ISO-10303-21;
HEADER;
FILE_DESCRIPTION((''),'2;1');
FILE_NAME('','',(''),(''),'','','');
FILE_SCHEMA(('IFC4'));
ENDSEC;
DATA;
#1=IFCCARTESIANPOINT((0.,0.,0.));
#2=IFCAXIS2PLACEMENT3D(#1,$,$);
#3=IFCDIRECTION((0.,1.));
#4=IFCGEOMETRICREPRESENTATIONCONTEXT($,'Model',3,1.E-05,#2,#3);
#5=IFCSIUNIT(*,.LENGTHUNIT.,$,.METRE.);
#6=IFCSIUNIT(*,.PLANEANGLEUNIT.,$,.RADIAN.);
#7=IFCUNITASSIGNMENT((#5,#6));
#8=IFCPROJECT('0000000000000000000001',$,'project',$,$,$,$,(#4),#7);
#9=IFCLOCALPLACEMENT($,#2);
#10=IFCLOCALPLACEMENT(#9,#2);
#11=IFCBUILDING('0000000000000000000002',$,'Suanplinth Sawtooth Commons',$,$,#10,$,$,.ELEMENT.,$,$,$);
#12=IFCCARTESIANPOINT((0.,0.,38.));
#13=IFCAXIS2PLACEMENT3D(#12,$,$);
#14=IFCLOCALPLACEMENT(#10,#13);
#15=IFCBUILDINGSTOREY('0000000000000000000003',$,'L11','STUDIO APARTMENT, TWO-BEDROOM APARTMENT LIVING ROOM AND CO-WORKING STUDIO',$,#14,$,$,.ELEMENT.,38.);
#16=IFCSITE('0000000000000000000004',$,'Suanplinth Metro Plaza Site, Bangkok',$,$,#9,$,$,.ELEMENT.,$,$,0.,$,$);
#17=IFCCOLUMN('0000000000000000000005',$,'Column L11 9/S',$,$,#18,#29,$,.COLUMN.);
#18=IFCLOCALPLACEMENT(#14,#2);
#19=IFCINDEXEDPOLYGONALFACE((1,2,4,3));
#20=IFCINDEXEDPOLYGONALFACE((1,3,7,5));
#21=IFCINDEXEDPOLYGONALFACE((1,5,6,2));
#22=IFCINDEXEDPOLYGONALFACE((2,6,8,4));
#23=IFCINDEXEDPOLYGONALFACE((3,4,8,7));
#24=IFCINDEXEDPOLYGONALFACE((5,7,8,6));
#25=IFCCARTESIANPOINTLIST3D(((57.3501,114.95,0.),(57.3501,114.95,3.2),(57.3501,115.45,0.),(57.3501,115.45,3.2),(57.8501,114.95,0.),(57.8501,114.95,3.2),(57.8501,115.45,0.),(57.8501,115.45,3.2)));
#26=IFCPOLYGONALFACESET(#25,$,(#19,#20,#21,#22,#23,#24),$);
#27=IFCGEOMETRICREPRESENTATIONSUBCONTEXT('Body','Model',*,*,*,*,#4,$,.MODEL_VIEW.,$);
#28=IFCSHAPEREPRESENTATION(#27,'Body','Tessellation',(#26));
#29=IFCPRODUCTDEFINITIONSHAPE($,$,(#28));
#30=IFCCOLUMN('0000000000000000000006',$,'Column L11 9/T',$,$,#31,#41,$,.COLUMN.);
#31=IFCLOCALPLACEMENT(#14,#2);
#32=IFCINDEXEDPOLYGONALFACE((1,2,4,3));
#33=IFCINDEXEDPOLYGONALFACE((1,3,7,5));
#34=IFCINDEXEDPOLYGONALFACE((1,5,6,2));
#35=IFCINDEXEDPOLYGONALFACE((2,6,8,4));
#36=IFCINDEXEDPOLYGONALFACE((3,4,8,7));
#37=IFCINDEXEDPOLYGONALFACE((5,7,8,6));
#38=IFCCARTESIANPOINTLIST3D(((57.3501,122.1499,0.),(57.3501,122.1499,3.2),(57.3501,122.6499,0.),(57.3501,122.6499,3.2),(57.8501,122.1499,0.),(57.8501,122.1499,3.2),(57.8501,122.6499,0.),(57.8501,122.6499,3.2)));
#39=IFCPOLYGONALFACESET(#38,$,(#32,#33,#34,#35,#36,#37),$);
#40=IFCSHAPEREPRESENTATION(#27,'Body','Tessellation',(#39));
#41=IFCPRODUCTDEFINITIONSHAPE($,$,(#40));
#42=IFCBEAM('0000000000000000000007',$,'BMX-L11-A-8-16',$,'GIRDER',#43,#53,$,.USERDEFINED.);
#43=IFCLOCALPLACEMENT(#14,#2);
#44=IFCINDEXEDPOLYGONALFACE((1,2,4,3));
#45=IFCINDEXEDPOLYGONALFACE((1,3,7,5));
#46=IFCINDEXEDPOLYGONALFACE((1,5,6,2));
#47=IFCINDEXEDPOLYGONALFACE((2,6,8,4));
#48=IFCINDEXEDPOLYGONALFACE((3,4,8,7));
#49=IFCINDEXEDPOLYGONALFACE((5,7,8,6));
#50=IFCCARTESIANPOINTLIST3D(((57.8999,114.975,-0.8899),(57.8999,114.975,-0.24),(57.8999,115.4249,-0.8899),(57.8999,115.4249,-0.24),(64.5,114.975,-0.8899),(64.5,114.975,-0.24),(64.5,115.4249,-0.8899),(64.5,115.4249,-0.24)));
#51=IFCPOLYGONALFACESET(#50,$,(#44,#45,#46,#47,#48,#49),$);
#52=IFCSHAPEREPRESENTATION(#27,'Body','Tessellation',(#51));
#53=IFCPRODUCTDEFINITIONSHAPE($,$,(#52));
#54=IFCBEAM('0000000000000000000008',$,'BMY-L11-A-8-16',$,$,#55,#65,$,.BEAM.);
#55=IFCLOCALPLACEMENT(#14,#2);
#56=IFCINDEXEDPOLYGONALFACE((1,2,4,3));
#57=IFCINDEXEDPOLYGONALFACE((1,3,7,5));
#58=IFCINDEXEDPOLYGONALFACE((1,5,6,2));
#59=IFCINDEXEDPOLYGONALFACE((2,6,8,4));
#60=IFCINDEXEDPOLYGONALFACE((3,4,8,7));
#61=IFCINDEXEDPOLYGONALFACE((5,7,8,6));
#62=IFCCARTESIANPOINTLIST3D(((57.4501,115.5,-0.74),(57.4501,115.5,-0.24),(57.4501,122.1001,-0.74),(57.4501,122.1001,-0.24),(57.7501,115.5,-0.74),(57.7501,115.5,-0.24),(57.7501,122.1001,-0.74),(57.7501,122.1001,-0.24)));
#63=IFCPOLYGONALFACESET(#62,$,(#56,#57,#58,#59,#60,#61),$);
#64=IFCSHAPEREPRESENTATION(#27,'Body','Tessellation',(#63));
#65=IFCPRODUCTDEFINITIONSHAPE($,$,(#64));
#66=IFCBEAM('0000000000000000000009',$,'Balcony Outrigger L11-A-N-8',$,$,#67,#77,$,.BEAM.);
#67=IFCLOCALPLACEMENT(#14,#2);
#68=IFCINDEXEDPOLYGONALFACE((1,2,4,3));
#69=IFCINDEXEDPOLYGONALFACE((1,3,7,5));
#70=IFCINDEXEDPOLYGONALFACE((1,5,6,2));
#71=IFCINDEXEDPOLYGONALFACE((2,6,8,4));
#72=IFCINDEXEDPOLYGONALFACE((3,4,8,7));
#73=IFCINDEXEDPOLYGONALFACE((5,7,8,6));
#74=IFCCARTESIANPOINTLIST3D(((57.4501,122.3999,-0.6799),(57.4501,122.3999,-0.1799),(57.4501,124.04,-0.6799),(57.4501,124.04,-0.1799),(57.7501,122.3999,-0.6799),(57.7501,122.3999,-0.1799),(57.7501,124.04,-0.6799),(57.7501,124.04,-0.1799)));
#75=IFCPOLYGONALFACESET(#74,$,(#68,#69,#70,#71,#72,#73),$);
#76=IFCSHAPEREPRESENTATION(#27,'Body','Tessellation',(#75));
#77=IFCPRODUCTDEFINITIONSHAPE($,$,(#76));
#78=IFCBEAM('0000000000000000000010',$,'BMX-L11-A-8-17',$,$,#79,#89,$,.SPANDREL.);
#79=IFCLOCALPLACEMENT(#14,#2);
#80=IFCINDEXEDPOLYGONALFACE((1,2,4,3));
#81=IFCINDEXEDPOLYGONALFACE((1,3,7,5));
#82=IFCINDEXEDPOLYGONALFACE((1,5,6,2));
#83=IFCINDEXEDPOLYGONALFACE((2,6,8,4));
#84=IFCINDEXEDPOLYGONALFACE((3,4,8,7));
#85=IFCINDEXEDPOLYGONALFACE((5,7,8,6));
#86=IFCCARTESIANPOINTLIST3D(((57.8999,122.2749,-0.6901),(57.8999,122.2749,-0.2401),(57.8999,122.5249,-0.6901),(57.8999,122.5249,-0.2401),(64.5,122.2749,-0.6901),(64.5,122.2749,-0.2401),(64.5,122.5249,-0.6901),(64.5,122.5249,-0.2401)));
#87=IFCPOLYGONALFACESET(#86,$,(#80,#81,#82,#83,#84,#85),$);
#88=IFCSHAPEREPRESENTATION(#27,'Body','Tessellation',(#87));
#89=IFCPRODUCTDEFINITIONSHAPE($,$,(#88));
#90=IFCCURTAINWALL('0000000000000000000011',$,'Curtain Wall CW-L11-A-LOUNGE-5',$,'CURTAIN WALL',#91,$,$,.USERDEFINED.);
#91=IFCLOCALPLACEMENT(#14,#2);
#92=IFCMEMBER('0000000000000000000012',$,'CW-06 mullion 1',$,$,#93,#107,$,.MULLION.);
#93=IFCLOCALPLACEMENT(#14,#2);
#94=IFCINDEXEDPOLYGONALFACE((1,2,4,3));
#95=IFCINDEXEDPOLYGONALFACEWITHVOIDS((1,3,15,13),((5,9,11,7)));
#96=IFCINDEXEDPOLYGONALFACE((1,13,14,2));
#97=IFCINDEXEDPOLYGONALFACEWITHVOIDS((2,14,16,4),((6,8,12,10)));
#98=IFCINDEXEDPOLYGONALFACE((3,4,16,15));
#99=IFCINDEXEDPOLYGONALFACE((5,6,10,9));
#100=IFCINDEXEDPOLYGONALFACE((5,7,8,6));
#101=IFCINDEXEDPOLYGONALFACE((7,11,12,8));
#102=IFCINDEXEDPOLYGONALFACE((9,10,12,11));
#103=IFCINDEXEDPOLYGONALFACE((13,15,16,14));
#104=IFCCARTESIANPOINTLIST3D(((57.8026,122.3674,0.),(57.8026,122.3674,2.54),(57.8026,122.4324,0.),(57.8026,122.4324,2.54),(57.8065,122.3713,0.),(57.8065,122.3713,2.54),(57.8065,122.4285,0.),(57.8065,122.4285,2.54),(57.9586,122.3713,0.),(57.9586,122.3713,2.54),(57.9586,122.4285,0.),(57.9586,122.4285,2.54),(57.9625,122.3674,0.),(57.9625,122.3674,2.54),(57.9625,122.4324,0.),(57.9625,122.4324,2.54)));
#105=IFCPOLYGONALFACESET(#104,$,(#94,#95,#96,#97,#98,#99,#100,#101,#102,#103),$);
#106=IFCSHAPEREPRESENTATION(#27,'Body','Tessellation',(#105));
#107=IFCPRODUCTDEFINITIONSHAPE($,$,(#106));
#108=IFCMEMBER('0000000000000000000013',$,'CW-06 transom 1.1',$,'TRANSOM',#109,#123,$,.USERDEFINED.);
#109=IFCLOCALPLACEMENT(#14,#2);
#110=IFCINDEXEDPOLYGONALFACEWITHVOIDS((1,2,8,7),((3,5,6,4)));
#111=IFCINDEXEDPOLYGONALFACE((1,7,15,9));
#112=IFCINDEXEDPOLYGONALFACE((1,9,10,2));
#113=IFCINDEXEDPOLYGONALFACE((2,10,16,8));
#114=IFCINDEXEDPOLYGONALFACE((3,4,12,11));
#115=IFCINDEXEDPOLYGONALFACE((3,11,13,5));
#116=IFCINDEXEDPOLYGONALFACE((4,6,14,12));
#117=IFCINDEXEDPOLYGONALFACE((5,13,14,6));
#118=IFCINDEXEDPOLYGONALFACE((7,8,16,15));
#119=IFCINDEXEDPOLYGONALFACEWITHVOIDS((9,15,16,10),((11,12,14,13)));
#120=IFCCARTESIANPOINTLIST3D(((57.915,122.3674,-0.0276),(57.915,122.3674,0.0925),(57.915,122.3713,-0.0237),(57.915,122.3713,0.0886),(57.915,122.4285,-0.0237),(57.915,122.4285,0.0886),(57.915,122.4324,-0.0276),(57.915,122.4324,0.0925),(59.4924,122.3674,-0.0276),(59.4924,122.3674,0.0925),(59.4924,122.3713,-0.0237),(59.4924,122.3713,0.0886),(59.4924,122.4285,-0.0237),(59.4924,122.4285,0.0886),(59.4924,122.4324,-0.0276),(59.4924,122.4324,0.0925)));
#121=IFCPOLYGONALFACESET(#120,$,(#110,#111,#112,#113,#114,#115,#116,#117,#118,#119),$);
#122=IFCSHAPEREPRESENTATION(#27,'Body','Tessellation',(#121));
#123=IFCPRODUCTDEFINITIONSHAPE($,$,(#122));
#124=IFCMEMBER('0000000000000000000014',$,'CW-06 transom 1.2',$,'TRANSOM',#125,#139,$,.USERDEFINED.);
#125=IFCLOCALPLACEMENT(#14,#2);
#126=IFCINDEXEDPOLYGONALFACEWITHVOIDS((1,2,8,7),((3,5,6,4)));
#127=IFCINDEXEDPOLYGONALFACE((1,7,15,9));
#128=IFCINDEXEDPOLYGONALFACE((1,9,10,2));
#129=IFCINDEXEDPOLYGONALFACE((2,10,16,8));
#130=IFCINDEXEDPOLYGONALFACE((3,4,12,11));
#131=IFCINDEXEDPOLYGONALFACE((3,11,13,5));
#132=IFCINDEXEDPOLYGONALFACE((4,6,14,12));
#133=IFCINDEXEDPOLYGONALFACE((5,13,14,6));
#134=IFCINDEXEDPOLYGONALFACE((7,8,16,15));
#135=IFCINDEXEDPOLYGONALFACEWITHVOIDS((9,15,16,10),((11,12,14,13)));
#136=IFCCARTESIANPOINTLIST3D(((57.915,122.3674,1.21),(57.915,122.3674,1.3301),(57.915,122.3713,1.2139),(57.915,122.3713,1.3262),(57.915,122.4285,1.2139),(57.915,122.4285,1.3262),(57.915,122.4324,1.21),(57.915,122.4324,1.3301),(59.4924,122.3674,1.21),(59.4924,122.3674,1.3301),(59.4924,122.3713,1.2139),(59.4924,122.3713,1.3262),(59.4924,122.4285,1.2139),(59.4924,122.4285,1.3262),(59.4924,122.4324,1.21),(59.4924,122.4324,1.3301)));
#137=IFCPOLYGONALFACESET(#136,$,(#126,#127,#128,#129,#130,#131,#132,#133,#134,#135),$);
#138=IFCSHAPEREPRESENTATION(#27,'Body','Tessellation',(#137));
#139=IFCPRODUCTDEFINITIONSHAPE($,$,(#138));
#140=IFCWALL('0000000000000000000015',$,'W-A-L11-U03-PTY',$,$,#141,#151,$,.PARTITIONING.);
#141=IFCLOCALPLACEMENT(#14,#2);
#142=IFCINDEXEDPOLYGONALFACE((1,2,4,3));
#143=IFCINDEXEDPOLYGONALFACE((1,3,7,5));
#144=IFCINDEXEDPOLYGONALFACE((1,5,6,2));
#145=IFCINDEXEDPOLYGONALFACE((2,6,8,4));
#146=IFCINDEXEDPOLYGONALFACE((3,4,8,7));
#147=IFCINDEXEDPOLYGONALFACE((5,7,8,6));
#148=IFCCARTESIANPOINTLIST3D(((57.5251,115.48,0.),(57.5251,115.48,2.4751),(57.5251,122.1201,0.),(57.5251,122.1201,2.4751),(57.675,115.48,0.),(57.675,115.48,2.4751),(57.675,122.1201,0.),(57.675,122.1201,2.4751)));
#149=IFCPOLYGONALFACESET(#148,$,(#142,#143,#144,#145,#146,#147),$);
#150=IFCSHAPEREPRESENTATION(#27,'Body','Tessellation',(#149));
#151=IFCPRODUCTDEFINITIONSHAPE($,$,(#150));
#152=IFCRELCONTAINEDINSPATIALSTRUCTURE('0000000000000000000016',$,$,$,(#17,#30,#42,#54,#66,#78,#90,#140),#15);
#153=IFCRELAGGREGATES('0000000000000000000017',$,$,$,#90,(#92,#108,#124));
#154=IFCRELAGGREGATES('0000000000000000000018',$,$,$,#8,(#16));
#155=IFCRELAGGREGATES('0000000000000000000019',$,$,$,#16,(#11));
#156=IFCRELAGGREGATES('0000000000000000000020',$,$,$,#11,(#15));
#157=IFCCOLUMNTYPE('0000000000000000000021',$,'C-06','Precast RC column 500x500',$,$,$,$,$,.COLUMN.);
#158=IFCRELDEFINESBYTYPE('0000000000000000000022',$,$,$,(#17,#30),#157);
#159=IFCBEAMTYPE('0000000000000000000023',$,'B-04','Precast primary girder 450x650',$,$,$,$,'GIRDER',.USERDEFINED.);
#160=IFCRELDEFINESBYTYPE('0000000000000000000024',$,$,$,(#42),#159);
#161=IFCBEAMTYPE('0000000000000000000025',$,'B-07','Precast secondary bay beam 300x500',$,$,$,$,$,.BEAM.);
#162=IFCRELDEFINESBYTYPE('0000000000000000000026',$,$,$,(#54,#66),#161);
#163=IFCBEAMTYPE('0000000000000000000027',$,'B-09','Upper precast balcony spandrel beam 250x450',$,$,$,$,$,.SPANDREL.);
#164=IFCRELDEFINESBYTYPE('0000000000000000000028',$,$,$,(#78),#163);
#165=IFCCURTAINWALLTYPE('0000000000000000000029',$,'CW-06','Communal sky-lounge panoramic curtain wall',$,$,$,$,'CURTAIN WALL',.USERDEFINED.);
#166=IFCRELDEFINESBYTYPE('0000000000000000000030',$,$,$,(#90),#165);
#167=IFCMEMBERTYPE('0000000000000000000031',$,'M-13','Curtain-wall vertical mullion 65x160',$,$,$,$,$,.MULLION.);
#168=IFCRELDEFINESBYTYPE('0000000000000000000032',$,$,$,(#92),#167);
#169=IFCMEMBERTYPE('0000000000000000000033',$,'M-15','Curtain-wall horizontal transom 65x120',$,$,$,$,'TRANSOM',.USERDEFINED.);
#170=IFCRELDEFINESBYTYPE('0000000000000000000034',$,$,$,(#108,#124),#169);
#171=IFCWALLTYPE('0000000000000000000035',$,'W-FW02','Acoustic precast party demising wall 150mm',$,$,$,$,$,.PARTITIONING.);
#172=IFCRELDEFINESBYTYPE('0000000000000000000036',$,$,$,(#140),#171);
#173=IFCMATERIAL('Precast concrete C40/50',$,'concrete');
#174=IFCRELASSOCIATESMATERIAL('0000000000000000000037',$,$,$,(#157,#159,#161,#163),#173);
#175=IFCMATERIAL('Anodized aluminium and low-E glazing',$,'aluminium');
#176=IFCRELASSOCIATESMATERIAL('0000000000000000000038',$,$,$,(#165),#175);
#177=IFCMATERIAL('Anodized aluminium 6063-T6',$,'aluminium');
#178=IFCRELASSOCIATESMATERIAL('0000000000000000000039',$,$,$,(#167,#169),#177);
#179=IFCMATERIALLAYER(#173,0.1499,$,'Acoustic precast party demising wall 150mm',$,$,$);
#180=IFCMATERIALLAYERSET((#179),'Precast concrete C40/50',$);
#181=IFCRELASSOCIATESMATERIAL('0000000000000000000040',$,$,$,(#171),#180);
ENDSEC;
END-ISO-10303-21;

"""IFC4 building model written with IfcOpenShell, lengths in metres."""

from ifc_helpers import new_model, si_unit, direction, frame, frame_2d, origin, origin_2d, place, context, subcontext, project, spatial, rectangle, hollow_rectangle, extrude, material, layer, layer_set, material_profile, profile_set, type_object, element, aggregate, save


model = new_model("IFC4")

# Units and contexts
model_context = context("Model", 3, precision=1e-05, world=origin(), true_north=direction((0.0, 1.0)))
body_context = subcontext(model_context, "Body", "Model", "MODEL_VIEW")
ifc_project = project(units=[si_unit("LENGTHUNIT", "METRE"), si_unit("PLANEANGLEUNIT", "RADIAN")], contexts=[model_context])

# Site, building, storey
site_placement = place(None, origin())
site = spatial("IfcSite", under=ifc_project, at=site_placement, Name="Suanplinth Metro Plaza Site, Bangkok", CompositionType="ELEMENT", RefElevation=0.0)
building_placement = place(site_placement, origin())
building = spatial("IfcBuilding", under=site, at=building_placement, Name="Suanplinth Sawtooth Commons", CompositionType="ELEMENT")
storey_placement = place(building_placement, frame((0.0, 0.0, 38.0)))
storey = spatial("IfcBuildingStorey", under=building, at=storey_placement, Name="L11", Description="STUDIO APARTMENT, TWO-BEDROOM APARTMENT LIVING ROOM AND CO-WORKING STUDIO", CompositionType="ELEMENT", Elevation=38.0)

# Columns
ifc_material_1 = material(Name="Precast concrete C40/50", Category="concrete")
ifc_material_profile_1 = material_profile(ifc_material_1, rectangle(XDim=0.5, YDim=0.5, at=origin_2d()), Name="PC-COL 500x500")
ifc_profile_set_1 = profile_set([ifc_material_profile_1], Name="Precast concrete C40/50")
column_type = type_object("IfcColumnType", Name="C-06", Description="Precast RC column 500x500", PredefinedType="COLUMN", material=ifc_profile_set_1)
for number, where, z_axis, x_axis, name in (
    (1, (57.6001, 115.2, 0.0), (0.0, 0.0, 1.0), (1.0, 0.0, 0.0), "Column L11 9/S"),
    (2, (57.6001, 122.3999, 0.0), (0.0, 0.0, 1.0), (1.0, 0.0, 0.0), "Column L11 9/T"),
):
    element("IfcColumn", number, at=place(storey_placement, frame(where, z_axis=z_axis, x_axis=x_axis)), inside=storey, type_object=column_type, Name=name, PredefinedType="COLUMN", context=body_context, shape_type="SweptSolid", body=[
        extrude(rectangle(XDim=0.5, YDim=0.5, at=origin_2d()), origin(), (0.0, 0.0, 1.0), 3.2),
    ])

# Beams
ifc_material_profile_2 = material_profile(ifc_material_1, rectangle(XDim=0.45, YDim=0.6499, at=origin_2d()), Name="PC-GDR 450x650")
ifc_profile_set_2 = profile_set([ifc_material_profile_2], Name="Precast concrete C40/50")
beam_type_1 = type_object("IfcBeamType", Name="B-04", Description="Precast primary girder 450x650", ElementType="GIRDER", PredefinedType="USERDEFINED", material=ifc_profile_set_2)
beam_1_placement = place(storey_placement, frame((57.8999, 115.2, -0.5649), z_axis=(1.0, 0.0, 0.0), x_axis=(0.0, 1.0, 0.0)))
element("IfcBeam", 3, at=beam_1_placement, inside=storey, type_object=beam_type_1, Name="BMX-L11-A-8-16", ObjectType="GIRDER", PredefinedType="USERDEFINED", context=body_context, shape_type="SweptSolid", body=[
    extrude(rectangle(XDim=0.45, YDim=0.6499, at=origin_2d()), origin(), (0.0, 0.0, 1.0), 6.6001),
])
ifc_material_profile_3 = material_profile(ifc_material_1, rectangle(XDim=0.3, YDim=0.5, at=origin_2d()), Name="PC-BM 300x500")
ifc_profile_set_3 = profile_set([ifc_material_profile_3], Name="Precast concrete C40/50")
beam_type_2 = type_object("IfcBeamType", Name="B-07", Description="Precast secondary bay beam 300x500", PredefinedType="BEAM", material=ifc_profile_set_3)
beam_2_placement = place(storey_placement, frame((57.6001, 115.5, -0.49), z_axis=(0.0, 1.0, 0.0), x_axis=(-1.0, 0.0, 0.0)))
element("IfcBeam", 4, at=beam_2_placement, inside=storey, type_object=beam_type_2, Name="BMY-L11-A-8-16", PredefinedType="BEAM", context=body_context, shape_type="SweptSolid", body=[
    extrude(rectangle(XDim=0.3, YDim=0.5, at=origin_2d()), origin(), (0.0, 0.0, 1.0), 6.6001),
])
beam_3_placement = place(storey_placement, frame((57.6001, 122.3999, -0.4299), z_axis=(0.0, 1.0, 0.0), x_axis=(-1.0, 0.0, 0.0)))
element("IfcBeam", 5, at=beam_3_placement, inside=storey, type_object=beam_type_2, Name="Balcony Outrigger L11-A-N-8", PredefinedType="BEAM", context=body_context, shape_type="SweptSolid", body=[
    extrude(rectangle(XDim=0.3, YDim=0.5, at=origin_2d()), origin(), (0.0, 0.0, 1.0), 1.6401),
])
ifc_material_profile_4 = material_profile(ifc_material_1, rectangle(XDim=0.25, YDim=0.45, at=origin_2d()), Name="PC-SP 250x450")
ifc_profile_set_4 = profile_set([ifc_material_profile_4], Name="Precast concrete C40/50")
beam_type_3 = type_object("IfcBeamType", Name="B-09", Description="Upper precast balcony spandrel beam 250x450", PredefinedType="SPANDREL", material=ifc_profile_set_4)
beam_4_placement = place(storey_placement, frame((57.8999, 122.3999, -0.4651), z_axis=(1.0, 0.0, 0.0), x_axis=(0.0, 1.0, 0.0)))
element("IfcBeam", 6, at=beam_4_placement, inside=storey, type_object=beam_type_3, Name="BMX-L11-A-8-17", PredefinedType="SPANDREL", context=body_context, shape_type="SweptSolid", body=[
    extrude(rectangle(XDim=0.25, YDim=0.45, at=origin_2d()), origin(), (0.0, 0.0, 1.0), 6.6001),
])

# Curtain wall, members
ifc_material_2 = material(Name="Anodized aluminium and low-E glazing", Category="aluminium")
curtain_wall_type = type_object("IfcCurtainWallType", Name="CW-06", Description="Communal sky-lounge panoramic curtain wall", ElementType="CURTAIN WALL", PredefinedType="USERDEFINED", material=ifc_material_2)
curtain_wall_placement = place(storey_placement, origin())
curtain_wall = element("IfcCurtainWall", 7, at=curtain_wall_placement, inside=storey, type_object=curtain_wall_type, Name="Curtain Wall CW-L11-A-LOUNGE-5", ObjectType="CURTAIN WALL", PredefinedType="USERDEFINED")
ifc_material_3 = material(Name="Anodized aluminium 6063-T6", Category="aluminium")
ifc_material_profile_5 = material_profile(ifc_material_3, hollow_rectangle(XDim=0.0649, YDim=0.1599, WallThickness=0.0039, at=origin_2d()), Name="ALU-MUL 65x160")
ifc_profile_set_5 = profile_set([ifc_material_profile_5], Name="Anodized aluminium 6063-T6")
member_type_1 = type_object("IfcMemberType", Name="M-13", Description="Curtain-wall vertical mullion 65x160", PredefinedType="MULLION", material=ifc_profile_set_5)
member_1_placement = place(storey_placement, frame((57.8826, 122.3999, 0.0), z_axis=(0.0, 0.0, 1.0), x_axis=(0.0, 1.0, 0.0)))
member_1 = element("IfcMember", 8, at=member_1_placement, type_object=member_type_1, Name="CW-06 mullion 1", PredefinedType="MULLION", context=body_context, shape_type="SweptSolid", body=[
    extrude(hollow_rectangle(XDim=0.0649, YDim=0.1599, WallThickness=0.0039, at=origin_2d()), origin(), (0.0, 0.0, 1.0), 2.54),
])
ifc_material_profile_6 = material_profile(ifc_material_3, hollow_rectangle(XDim=0.0649, YDim=0.1201, WallThickness=0.0039, at=origin_2d()), Name="ALU-TRN 65x120")
ifc_profile_set_6 = profile_set([ifc_material_profile_6], Name="Anodized aluminium 6063-T6")
member_type_2 = type_object("IfcMemberType", Name="M-15", Description="Curtain-wall horizontal transom 65x120", ElementType="TRANSOM", PredefinedType="USERDEFINED", material=ifc_profile_set_6)
member_2_placement = place(storey_placement, frame((57.915, 122.3999, 0.0325), z_axis=(1.0, 0.0, 0.0), x_axis=(0.0, 1.0, 0.0)))
member_2 = element("IfcMember", 9, at=member_2_placement, type_object=member_type_2, Name="CW-06 transom 1.1", ObjectType="TRANSOM", PredefinedType="USERDEFINED", context=body_context, shape_type="SweptSolid", body=[
    extrude(hollow_rectangle(XDim=0.0649, YDim=0.1201, WallThickness=0.0039, at=origin_2d()), origin(), (0.0, 0.0, 1.0), 1.5774),
])
member_3_placement = place(storey_placement, frame((57.915, 122.3999, 1.27), z_axis=(1.0, 0.0, 0.0), x_axis=(0.0, 1.0, 0.0)))
member_3 = element("IfcMember", 10, at=member_3_placement, type_object=member_type_2, Name="CW-06 transom 1.2", ObjectType="TRANSOM", PredefinedType="USERDEFINED", context=body_context, shape_type="SweptSolid", body=[
    extrude(hollow_rectangle(XDim=0.0649, YDim=0.1201, WallThickness=0.0039, at=origin_2d()), origin(), (0.0, 0.0, 1.0), 1.5774),
])
aggregate(curtain_wall, [member_1, member_2, member_3])

# Wall
ifc_layer_1 = layer(ifc_material_1, 0.1499, Name="Acoustic precast party demising wall 150mm")
ifc_layer_set_1 = layer_set([ifc_layer_1], Name="Precast concrete C40/50")
wall_type_1 = type_object("IfcWallType", Name="W-FW02", Description="Acoustic precast party demising wall 150mm", PredefinedType="PARTITIONING", material=ifc_layer_set_1)
wall_1_placement = place(storey_placement, frame((57.6001, 115.48, 0.0), z_axis=(0.0, 0.0, 1.0), x_axis=(0.0, 1.0, 0.0)))
element("IfcWall", 11, at=wall_1_placement, inside=storey, type_object=wall_type_1, Name="W-A-L11-U03-PTY", PredefinedType="PARTITIONING", context=body_context, shape_type="SweptSolid", body=[
    extrude(rectangle(XDim=6.6401, YDim=0.1499, at=frame_2d((3.3201, 0.0))), origin(), (0.0, 0.0, 1.0), 2.4751),
])

save(model, "model.ifc")
